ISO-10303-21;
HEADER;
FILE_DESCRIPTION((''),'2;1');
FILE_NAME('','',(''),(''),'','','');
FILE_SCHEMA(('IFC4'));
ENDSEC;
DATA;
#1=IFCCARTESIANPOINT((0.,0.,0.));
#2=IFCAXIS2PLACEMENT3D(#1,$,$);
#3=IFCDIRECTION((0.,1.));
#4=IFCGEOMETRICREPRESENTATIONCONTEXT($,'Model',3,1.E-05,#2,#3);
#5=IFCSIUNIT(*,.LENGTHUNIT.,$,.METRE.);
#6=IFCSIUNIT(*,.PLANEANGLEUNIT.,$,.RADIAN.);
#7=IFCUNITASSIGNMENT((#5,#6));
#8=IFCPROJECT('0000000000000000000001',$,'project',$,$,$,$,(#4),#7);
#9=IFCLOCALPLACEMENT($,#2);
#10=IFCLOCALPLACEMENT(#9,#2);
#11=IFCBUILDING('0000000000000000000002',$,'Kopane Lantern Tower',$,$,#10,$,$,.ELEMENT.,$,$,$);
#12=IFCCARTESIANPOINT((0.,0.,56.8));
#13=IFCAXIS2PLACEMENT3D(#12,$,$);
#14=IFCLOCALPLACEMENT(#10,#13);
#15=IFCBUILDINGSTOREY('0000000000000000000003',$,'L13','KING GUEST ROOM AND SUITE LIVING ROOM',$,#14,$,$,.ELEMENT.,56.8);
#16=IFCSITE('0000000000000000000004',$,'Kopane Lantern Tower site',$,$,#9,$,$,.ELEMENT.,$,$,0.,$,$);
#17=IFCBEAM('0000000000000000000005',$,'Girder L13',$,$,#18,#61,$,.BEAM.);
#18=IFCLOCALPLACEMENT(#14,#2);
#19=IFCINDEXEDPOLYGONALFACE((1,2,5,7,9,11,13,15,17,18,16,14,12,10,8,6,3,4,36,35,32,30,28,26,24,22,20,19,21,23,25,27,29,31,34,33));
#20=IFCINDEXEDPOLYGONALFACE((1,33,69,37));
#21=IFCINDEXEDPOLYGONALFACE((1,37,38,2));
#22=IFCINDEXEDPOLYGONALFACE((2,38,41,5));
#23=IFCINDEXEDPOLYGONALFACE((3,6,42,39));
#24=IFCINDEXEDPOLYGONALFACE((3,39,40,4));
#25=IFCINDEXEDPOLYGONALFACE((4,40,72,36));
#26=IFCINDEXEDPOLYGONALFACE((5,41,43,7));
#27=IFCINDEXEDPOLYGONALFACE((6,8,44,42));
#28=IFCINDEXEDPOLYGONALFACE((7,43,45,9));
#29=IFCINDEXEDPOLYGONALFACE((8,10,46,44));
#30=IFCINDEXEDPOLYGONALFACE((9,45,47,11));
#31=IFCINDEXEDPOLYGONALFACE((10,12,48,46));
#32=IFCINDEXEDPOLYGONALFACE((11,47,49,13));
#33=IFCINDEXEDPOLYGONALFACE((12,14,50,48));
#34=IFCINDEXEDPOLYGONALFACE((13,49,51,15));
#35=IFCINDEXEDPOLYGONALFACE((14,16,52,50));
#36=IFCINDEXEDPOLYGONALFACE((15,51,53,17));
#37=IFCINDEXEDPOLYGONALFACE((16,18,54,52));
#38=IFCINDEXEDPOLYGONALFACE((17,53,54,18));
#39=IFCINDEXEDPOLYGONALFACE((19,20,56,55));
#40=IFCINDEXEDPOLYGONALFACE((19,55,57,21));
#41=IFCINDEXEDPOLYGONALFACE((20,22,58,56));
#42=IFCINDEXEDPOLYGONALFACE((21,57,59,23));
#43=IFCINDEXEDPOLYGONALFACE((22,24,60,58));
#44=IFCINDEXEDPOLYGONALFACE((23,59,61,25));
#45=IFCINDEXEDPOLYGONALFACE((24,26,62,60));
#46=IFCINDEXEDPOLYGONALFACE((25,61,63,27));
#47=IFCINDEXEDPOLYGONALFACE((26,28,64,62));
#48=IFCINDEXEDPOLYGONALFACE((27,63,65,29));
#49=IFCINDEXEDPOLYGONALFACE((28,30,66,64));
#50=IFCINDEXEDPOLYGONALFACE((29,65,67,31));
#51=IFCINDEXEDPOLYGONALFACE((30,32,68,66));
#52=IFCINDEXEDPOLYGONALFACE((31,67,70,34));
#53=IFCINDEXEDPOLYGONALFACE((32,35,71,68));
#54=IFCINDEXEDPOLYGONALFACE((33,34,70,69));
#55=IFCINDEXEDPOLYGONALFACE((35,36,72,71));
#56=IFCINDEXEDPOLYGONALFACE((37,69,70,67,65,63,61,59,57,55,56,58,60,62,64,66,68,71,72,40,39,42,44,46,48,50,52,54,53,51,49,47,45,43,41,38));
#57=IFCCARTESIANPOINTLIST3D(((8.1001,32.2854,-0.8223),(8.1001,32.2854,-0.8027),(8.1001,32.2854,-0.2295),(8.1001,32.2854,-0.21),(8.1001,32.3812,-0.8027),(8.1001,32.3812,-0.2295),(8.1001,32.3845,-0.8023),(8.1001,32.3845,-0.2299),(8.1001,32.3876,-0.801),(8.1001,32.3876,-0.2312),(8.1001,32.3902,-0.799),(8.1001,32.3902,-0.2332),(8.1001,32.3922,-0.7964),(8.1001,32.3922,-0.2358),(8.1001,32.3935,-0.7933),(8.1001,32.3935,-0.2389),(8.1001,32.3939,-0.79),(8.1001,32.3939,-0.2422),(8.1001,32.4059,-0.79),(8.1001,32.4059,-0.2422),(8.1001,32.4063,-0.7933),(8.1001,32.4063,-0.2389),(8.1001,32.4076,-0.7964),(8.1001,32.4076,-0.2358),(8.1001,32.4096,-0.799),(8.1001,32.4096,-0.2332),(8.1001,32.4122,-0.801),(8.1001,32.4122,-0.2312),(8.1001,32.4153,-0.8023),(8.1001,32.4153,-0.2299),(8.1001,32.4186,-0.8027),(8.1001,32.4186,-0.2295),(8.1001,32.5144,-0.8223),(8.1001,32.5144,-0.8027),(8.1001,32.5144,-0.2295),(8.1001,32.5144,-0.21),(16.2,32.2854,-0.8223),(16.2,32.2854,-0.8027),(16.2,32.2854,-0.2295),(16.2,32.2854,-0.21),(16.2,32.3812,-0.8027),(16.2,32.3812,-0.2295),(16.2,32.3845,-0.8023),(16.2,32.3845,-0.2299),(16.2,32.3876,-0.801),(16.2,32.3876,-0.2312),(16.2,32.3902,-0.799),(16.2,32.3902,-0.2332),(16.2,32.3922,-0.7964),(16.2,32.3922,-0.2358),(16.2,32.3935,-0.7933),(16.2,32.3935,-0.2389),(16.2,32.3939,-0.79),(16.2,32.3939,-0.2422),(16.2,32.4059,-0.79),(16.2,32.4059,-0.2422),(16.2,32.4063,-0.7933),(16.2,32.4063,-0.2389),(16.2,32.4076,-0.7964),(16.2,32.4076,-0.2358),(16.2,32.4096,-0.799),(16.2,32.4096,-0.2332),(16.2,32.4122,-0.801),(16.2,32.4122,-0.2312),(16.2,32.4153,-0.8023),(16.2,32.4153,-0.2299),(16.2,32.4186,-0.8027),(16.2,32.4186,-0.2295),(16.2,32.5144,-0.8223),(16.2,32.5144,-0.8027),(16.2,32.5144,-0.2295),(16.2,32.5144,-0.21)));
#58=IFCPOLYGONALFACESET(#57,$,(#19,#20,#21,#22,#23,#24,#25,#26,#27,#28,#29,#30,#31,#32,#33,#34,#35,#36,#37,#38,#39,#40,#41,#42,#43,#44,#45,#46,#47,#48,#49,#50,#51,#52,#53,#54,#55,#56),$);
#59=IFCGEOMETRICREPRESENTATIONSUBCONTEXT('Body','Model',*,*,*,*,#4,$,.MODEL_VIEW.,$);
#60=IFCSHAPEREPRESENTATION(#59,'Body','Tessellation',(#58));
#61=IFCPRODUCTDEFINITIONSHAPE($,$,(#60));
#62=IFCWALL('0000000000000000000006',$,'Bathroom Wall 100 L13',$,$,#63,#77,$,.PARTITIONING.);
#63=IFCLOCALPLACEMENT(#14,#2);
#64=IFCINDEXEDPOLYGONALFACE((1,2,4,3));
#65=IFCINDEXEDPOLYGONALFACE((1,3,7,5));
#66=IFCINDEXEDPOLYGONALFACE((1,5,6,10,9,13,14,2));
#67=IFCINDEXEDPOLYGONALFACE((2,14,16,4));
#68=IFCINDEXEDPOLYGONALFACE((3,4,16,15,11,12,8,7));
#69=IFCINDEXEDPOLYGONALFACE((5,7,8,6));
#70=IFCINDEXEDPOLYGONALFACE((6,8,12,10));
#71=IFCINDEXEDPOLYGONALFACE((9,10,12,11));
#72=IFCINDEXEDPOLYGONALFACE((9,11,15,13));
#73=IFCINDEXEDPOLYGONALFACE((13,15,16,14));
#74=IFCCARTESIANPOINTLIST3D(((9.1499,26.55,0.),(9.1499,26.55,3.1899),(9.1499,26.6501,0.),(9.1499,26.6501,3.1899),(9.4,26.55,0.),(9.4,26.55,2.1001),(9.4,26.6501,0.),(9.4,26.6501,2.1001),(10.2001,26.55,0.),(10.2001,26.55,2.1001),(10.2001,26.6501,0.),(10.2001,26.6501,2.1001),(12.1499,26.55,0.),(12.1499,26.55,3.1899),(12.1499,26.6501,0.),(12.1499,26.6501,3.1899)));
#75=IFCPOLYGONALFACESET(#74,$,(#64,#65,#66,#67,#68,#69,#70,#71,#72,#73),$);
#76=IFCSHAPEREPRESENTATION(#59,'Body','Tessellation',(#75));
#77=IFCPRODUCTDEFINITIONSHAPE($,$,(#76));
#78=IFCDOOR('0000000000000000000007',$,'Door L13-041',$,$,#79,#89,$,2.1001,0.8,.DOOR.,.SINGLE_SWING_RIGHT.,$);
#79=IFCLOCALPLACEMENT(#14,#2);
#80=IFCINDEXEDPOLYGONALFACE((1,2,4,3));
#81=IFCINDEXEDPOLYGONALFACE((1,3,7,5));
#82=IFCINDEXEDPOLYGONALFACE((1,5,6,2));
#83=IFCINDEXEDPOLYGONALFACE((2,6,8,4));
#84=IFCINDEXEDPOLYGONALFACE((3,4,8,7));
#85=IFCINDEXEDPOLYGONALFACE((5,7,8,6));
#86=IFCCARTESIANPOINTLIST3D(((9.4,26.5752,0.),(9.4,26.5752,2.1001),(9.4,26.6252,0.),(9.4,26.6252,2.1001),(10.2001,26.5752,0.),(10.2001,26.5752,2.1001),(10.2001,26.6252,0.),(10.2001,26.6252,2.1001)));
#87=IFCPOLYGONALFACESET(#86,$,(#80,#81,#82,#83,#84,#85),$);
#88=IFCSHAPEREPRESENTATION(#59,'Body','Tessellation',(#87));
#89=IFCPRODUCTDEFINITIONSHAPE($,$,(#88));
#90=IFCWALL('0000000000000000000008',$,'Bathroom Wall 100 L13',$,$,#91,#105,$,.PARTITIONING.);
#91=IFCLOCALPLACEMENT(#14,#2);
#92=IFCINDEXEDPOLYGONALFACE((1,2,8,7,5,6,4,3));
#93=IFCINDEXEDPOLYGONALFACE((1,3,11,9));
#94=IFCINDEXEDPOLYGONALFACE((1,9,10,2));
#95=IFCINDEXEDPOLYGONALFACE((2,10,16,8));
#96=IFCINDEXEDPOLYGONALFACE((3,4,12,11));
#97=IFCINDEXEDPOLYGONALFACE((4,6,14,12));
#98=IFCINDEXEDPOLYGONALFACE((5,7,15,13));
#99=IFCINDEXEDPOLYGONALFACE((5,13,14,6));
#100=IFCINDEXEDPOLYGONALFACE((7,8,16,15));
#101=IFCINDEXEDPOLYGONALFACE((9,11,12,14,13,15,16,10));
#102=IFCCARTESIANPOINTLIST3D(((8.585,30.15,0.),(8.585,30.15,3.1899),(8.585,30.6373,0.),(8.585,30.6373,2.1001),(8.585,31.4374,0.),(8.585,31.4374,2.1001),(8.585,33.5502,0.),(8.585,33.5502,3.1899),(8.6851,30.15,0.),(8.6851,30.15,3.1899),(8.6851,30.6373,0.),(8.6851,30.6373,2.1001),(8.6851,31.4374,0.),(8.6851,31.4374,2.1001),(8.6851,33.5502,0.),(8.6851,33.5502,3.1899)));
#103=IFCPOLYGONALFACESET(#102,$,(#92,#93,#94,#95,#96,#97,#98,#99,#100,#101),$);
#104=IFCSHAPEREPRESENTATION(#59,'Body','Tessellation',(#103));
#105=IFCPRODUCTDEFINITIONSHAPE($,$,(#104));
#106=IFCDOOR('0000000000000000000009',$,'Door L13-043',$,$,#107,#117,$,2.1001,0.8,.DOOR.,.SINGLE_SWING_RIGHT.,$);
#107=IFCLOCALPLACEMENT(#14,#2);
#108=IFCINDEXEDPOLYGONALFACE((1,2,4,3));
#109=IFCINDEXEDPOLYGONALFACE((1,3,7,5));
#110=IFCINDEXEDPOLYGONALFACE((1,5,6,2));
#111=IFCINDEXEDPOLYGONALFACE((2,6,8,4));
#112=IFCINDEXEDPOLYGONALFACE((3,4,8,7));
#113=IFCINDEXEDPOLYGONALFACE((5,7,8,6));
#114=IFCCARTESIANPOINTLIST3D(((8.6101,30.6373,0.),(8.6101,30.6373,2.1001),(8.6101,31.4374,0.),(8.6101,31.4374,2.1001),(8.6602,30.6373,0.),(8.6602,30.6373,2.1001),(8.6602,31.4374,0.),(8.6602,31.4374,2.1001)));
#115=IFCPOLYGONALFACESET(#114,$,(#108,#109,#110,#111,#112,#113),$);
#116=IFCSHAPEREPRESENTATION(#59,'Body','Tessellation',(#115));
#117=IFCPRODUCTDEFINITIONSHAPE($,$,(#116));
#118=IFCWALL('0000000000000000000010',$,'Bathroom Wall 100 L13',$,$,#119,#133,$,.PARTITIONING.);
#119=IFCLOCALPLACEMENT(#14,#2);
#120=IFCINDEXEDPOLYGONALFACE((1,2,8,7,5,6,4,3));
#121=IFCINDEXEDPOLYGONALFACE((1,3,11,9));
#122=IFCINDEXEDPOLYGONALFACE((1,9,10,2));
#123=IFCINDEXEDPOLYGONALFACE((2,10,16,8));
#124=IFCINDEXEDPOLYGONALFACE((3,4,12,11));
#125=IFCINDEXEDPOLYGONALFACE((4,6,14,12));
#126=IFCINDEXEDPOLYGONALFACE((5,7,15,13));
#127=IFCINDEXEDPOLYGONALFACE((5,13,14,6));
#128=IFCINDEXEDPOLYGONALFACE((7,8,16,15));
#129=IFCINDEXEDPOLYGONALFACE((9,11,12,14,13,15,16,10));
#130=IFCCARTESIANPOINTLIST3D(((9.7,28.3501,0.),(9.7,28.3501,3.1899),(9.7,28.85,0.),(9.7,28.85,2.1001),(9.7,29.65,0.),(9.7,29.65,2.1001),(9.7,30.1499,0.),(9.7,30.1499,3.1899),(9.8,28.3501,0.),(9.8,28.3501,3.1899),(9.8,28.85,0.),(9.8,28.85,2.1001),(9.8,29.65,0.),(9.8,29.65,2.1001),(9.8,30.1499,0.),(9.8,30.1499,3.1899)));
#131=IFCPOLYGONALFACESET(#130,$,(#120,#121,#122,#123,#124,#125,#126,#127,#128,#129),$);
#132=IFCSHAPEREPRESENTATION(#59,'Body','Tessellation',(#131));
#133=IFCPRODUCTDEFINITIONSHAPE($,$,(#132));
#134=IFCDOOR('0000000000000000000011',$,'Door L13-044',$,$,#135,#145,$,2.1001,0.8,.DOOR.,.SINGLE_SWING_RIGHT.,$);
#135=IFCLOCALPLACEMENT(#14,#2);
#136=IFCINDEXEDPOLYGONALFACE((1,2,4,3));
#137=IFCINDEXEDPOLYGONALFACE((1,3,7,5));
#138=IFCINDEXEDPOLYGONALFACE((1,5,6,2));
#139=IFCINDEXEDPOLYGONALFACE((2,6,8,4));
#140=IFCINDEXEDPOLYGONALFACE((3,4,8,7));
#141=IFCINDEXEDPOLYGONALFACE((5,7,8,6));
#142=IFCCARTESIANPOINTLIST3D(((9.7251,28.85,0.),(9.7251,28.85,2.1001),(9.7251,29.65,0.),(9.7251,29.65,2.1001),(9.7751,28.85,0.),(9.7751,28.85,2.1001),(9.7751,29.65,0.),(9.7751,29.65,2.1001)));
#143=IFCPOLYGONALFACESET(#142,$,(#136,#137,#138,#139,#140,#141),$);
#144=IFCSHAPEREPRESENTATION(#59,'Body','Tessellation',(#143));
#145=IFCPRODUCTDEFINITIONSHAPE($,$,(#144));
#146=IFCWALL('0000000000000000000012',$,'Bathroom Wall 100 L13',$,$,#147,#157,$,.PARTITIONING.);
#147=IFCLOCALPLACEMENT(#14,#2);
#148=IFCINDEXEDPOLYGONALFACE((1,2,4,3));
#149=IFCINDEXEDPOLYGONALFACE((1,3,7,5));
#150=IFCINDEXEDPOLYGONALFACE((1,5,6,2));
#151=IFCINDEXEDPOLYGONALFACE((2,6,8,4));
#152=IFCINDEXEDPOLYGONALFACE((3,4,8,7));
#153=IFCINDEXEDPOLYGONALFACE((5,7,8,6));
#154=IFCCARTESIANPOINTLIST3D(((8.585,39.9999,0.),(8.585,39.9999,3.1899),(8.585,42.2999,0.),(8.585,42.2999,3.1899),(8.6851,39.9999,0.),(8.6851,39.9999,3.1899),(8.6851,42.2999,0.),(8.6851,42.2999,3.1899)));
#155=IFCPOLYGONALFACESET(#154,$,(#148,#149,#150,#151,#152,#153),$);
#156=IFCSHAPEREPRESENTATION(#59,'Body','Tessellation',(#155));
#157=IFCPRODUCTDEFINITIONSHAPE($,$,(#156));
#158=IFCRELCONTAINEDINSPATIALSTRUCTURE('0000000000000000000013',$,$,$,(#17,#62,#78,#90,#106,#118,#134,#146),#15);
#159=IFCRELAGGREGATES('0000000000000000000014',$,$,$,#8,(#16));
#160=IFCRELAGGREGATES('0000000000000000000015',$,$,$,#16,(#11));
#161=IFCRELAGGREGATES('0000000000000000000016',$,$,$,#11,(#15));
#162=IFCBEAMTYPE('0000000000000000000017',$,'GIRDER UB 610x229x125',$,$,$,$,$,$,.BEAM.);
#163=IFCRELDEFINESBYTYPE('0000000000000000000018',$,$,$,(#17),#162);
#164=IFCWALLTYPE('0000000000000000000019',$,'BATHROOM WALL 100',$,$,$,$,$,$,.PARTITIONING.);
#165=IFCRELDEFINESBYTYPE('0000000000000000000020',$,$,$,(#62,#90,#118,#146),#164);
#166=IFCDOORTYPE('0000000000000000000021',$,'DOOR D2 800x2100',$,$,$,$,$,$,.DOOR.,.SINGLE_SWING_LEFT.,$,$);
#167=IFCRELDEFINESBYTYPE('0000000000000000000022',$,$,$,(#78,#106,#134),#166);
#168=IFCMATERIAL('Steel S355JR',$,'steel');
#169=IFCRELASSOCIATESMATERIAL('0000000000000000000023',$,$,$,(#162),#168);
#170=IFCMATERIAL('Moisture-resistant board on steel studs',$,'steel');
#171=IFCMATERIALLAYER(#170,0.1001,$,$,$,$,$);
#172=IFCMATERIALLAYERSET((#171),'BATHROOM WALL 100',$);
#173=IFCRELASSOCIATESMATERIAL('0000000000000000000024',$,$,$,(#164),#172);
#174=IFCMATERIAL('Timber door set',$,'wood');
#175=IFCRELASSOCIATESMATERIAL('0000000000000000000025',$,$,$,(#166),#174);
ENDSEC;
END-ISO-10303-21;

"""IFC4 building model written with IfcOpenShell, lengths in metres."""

from ifc_helpers import new_model, si_unit, direction, frame, frame_2d, origin, origin_2d, place, context, subcontext, project, spatial, rectangle, i_section, extrude, material, layer, layer_set, material_profile, profile_set, type_object, element, fill, save


model = new_model("IFC4")

# Units and contexts
model_context = context("Model", 3, precision=1e-05, world=origin(), true_north=direction((0.0, 1.0)))
body_context = subcontext(model_context, "Body", "Model", "MODEL_VIEW")
ifc_project = project(units=[si_unit("LENGTHUNIT", "METRE"), si_unit("PLANEANGLEUNIT", "RADIAN")], contexts=[model_context])

# Site, building, storey
site_placement = place(None, origin())
site = spatial("IfcSite", under=ifc_project, at=site_placement, Name="Kopane Lantern Tower site", CompositionType="ELEMENT", RefElevation=0.0)
building_placement = place(site_placement, origin())
building = spatial("IfcBuilding", under=site, at=building_placement, Name="Kopane Lantern Tower", CompositionType="ELEMENT")
storey_placement = place(building_placement, frame((0.0, 0.0, 56.8)))
storey = spatial("IfcBuildingStorey", under=building, at=storey_placement, Name="L13", Description="KING GUEST ROOM AND SUITE LIVING ROOM", CompositionType="ELEMENT", Elevation=56.8)

# Beam
ifc_material_1 = material(Name="Steel S355JR", Category="steel")
ifc_material_profile_1 = material_profile(ifc_material_1, i_section(OverallWidth=0.229, OverallDepth=0.6123, WebThickness=0.012, FlangeThickness=0.0195, FilletRadius=0.0127, at=origin_2d()), Name="UB 610x229x125")
ifc_profile_set_1 = profile_set([ifc_material_profile_1], Name="Steel S355JR")
beam_type = type_object("IfcBeamType", Name="GIRDER UB 610x229x125", PredefinedType="BEAM", material=ifc_profile_set_1)
beam_placement = place(storey_placement, frame((8.1001, 32.3999, -0.5161), z_axis=(1.0, 0.0, 0.0), x_axis=(0.0, 1.0, 0.0)))
element("IfcBeam", 1, at=beam_placement, inside=storey, type_object=beam_type, Name="Girder L13", PredefinedType="BEAM", context=body_context, shape_type="SweptSolid", body=[
    extrude(i_section(OverallWidth=0.229, OverallDepth=0.6123, WebThickness=0.012, FlangeThickness=0.0195, FilletRadius=0.0127, at=origin_2d()), origin(), (0.0, 0.0, 1.0), 8.0999),
])

# Walls, openings, doors
ifc_material_2 = material(Name="Moisture-resistant board on steel studs", Category="steel")
ifc_layer_1 = layer(ifc_material_2, 0.1001)
ifc_layer_set_1 = layer_set([ifc_layer_1], Name="BATHROOM WALL 100")
wall_type_1 = type_object("IfcWallType", Name="BATHROOM WALL 100", PredefinedType="PARTITIONING", material=ifc_layer_set_1)
wall_1_placement = place(storey_placement, frame((12.1499, 26.6001, 0.0), z_axis=(0.0, 0.0, 1.0), x_axis=(-1.0, 0.0, 0.0)))
wall_1 = element("IfcWall", 2, at=wall_1_placement, inside=storey, type_object=wall_type_1, Name="Bathroom Wall 100 L13", PredefinedType="PARTITIONING", context=body_context, shape_type="SweptSolid", body=[
    extrude(rectangle(XDim=3.0, YDim=0.1001, at=frame_2d((1.5, 0.0))), origin(), (0.0, 0.0, 1.0), 3.1899),
])
opening_1_placement = place(wall_1_placement, frame((1.95, 0.0, 0.0)))
opening_1 = element("IfcOpeningElement", 3, at=opening_1_placement, cuts=wall_1, PredefinedType="OPENING", context=body_context, shape_type="SweptSolid", body=[
    extrude(rectangle(XDim=0.8, YDim=2.1001, at=frame_2d((0.3999, 1.05))), frame((0.0, 0.0601, 0.0), z_axis=(0.0, -1.0, 0.0), x_axis=(1.0, 0.0, 0.0)), (0.0, 0.0, 1.0), 0.1201),
])
ifc_material_3 = material(Name="Timber door set", Category="wood")
door_type = type_object("IfcDoorType", Name="DOOR D2 800x2100", OperationType="SINGLE_SWING_LEFT", PredefinedType="DOOR", material=ifc_material_3)
door_1_placement = place(opening_1_placement, origin())
door_1 = element("IfcDoor", 4, at=door_1_placement, inside=storey, type_object=door_type, Name="Door L13-041", OperationType="SINGLE_SWING_RIGHT", OverallHeight=2.1001, OverallWidth=0.8, PredefinedType="DOOR", context=body_context, shape_type="SweptSolid", body=[
    extrude(rectangle(XDim=0.8, YDim=2.1001, at=frame_2d((0.3999, 1.05))), frame((0.0, 0.0249, 0.0), z_axis=(0.0, -1.0, 0.0), x_axis=(1.0, 0.0, 0.0)), (0.0, 0.0, 1.0), 0.05),
])
fill(opening_1, door_1)
wall_2_placement = place(storey_placement, frame((8.635, 30.1499, 0.0), z_axis=(0.0, 0.0, 1.0), x_axis=(0.0, 1.0, 0.0)))
wall_2 = element("IfcWall", 5, at=wall_2_placement, inside=storey, type_object=wall_type_1, Name="Bathroom Wall 100 L13", PredefinedType="PARTITIONING", context=body_context, shape_type="SweptSolid", body=[
    extrude(rectangle(XDim=3.4001, YDim=0.1001, at=frame_2d((1.7002, 0.0))), origin(), (0.0, 0.0, 1.0), 3.1899),
])
opening_2_placement = place(wall_2_placement, frame((0.4875, 0.0, 0.0)))
opening_2 = element("IfcOpeningElement", 6, at=opening_2_placement, cuts=wall_2, PredefinedType="OPENING", context=body_context, shape_type="SweptSolid", body=[
    extrude(rectangle(XDim=0.8, YDim=2.1001, at=frame_2d((0.3999, 1.05))), frame((0.0, 0.0601, 0.0), z_axis=(0.0, -1.0, 0.0), x_axis=(1.0, 0.0, 0.0)), (0.0, 0.0, 1.0), 0.1201),
])
door_2_placement = place(opening_2_placement, origin())
door_2 = element("IfcDoor", 7, at=door_2_placement, inside=storey, type_object=door_type, Name="Door L13-043", OperationType="SINGLE_SWING_RIGHT", OverallHeight=2.1001, OverallWidth=0.8, PredefinedType="DOOR", context=body_context, shape_type="SweptSolid", body=[
    extrude(rectangle(XDim=0.8, YDim=2.1001, at=frame_2d((0.3999, 1.05))), frame((0.0, 0.0249, 0.0), z_axis=(0.0, -1.0, 0.0), x_axis=(1.0, 0.0, 0.0)), (0.0, 0.0, 1.0), 0.05),
])
fill(opening_2, door_2)
wall_3_placement = place(storey_placement, frame((9.75, 28.3501, 0.0), z_axis=(0.0, 0.0, 1.0), x_axis=(0.0, 1.0, 0.0)))
wall_3 = element("IfcWall", 8, at=wall_3_placement, inside=storey, type_object=wall_type_1, Name="Bathroom Wall 100 L13", PredefinedType="PARTITIONING", context=body_context, shape_type="SweptSolid", body=[
    extrude(rectangle(XDim=1.7998, YDim=0.1001, at=frame_2d((0.8999, 0.0))), origin(), (0.0, 0.0, 1.0), 3.1899),
])
opening_3_placement = place(wall_3_placement, frame((0.5, 0.0, 0.0)))
opening_3 = element("IfcOpeningElement", 9, at=opening_3_placement, cuts=wall_3, PredefinedType="OPENING", context=body_context, shape_type="SweptSolid", body=[
    extrude(rectangle(XDim=0.8, YDim=2.1001, at=frame_2d((0.3999, 1.05))), frame((0.0, 0.0601, 0.0), z_axis=(0.0, -1.0, 0.0), x_axis=(1.0, 0.0, 0.0)), (0.0, 0.0, 1.0), 0.1201),
])
door_3_placement = place(opening_3_placement, origin())
door_3 = element("IfcDoor", 10, at=door_3_placement, inside=storey, type_object=door_type, Name="Door L13-044", OperationType="SINGLE_SWING_RIGHT", OverallHeight=2.1001, OverallWidth=0.8, PredefinedType="DOOR", context=body_context, shape_type="SweptSolid", body=[
    extrude(rectangle(XDim=0.8, YDim=2.1001, at=frame_2d((0.3999, 1.05))), frame((0.0, 0.0249, 0.0), z_axis=(0.0, -1.0, 0.0), x_axis=(1.0, 0.0, 0.0)), (0.0, 0.0, 1.0), 0.05),
])
fill(opening_3, door_3)

# Wall
wall_4_placement = place(storey_placement, frame((8.635, 40.0, 0.0), z_axis=(0.0, 0.0, 1.0), x_axis=(0.0, 1.0, 0.0)))
element("IfcWall", 11, at=wall_4_placement, inside=storey, type_object=wall_type_1, Name="Bathroom Wall 100 L13", PredefinedType="PARTITIONING", context=body_context, shape_type="SweptSolid", body=[
    extrude(rectangle(XDim=2.3, YDim=0.1001, at=frame_2d((1.1499, 0.0))), origin(), (0.0, 0.0, 1.0), 3.1899),
])

save(model, "model.ifc")
